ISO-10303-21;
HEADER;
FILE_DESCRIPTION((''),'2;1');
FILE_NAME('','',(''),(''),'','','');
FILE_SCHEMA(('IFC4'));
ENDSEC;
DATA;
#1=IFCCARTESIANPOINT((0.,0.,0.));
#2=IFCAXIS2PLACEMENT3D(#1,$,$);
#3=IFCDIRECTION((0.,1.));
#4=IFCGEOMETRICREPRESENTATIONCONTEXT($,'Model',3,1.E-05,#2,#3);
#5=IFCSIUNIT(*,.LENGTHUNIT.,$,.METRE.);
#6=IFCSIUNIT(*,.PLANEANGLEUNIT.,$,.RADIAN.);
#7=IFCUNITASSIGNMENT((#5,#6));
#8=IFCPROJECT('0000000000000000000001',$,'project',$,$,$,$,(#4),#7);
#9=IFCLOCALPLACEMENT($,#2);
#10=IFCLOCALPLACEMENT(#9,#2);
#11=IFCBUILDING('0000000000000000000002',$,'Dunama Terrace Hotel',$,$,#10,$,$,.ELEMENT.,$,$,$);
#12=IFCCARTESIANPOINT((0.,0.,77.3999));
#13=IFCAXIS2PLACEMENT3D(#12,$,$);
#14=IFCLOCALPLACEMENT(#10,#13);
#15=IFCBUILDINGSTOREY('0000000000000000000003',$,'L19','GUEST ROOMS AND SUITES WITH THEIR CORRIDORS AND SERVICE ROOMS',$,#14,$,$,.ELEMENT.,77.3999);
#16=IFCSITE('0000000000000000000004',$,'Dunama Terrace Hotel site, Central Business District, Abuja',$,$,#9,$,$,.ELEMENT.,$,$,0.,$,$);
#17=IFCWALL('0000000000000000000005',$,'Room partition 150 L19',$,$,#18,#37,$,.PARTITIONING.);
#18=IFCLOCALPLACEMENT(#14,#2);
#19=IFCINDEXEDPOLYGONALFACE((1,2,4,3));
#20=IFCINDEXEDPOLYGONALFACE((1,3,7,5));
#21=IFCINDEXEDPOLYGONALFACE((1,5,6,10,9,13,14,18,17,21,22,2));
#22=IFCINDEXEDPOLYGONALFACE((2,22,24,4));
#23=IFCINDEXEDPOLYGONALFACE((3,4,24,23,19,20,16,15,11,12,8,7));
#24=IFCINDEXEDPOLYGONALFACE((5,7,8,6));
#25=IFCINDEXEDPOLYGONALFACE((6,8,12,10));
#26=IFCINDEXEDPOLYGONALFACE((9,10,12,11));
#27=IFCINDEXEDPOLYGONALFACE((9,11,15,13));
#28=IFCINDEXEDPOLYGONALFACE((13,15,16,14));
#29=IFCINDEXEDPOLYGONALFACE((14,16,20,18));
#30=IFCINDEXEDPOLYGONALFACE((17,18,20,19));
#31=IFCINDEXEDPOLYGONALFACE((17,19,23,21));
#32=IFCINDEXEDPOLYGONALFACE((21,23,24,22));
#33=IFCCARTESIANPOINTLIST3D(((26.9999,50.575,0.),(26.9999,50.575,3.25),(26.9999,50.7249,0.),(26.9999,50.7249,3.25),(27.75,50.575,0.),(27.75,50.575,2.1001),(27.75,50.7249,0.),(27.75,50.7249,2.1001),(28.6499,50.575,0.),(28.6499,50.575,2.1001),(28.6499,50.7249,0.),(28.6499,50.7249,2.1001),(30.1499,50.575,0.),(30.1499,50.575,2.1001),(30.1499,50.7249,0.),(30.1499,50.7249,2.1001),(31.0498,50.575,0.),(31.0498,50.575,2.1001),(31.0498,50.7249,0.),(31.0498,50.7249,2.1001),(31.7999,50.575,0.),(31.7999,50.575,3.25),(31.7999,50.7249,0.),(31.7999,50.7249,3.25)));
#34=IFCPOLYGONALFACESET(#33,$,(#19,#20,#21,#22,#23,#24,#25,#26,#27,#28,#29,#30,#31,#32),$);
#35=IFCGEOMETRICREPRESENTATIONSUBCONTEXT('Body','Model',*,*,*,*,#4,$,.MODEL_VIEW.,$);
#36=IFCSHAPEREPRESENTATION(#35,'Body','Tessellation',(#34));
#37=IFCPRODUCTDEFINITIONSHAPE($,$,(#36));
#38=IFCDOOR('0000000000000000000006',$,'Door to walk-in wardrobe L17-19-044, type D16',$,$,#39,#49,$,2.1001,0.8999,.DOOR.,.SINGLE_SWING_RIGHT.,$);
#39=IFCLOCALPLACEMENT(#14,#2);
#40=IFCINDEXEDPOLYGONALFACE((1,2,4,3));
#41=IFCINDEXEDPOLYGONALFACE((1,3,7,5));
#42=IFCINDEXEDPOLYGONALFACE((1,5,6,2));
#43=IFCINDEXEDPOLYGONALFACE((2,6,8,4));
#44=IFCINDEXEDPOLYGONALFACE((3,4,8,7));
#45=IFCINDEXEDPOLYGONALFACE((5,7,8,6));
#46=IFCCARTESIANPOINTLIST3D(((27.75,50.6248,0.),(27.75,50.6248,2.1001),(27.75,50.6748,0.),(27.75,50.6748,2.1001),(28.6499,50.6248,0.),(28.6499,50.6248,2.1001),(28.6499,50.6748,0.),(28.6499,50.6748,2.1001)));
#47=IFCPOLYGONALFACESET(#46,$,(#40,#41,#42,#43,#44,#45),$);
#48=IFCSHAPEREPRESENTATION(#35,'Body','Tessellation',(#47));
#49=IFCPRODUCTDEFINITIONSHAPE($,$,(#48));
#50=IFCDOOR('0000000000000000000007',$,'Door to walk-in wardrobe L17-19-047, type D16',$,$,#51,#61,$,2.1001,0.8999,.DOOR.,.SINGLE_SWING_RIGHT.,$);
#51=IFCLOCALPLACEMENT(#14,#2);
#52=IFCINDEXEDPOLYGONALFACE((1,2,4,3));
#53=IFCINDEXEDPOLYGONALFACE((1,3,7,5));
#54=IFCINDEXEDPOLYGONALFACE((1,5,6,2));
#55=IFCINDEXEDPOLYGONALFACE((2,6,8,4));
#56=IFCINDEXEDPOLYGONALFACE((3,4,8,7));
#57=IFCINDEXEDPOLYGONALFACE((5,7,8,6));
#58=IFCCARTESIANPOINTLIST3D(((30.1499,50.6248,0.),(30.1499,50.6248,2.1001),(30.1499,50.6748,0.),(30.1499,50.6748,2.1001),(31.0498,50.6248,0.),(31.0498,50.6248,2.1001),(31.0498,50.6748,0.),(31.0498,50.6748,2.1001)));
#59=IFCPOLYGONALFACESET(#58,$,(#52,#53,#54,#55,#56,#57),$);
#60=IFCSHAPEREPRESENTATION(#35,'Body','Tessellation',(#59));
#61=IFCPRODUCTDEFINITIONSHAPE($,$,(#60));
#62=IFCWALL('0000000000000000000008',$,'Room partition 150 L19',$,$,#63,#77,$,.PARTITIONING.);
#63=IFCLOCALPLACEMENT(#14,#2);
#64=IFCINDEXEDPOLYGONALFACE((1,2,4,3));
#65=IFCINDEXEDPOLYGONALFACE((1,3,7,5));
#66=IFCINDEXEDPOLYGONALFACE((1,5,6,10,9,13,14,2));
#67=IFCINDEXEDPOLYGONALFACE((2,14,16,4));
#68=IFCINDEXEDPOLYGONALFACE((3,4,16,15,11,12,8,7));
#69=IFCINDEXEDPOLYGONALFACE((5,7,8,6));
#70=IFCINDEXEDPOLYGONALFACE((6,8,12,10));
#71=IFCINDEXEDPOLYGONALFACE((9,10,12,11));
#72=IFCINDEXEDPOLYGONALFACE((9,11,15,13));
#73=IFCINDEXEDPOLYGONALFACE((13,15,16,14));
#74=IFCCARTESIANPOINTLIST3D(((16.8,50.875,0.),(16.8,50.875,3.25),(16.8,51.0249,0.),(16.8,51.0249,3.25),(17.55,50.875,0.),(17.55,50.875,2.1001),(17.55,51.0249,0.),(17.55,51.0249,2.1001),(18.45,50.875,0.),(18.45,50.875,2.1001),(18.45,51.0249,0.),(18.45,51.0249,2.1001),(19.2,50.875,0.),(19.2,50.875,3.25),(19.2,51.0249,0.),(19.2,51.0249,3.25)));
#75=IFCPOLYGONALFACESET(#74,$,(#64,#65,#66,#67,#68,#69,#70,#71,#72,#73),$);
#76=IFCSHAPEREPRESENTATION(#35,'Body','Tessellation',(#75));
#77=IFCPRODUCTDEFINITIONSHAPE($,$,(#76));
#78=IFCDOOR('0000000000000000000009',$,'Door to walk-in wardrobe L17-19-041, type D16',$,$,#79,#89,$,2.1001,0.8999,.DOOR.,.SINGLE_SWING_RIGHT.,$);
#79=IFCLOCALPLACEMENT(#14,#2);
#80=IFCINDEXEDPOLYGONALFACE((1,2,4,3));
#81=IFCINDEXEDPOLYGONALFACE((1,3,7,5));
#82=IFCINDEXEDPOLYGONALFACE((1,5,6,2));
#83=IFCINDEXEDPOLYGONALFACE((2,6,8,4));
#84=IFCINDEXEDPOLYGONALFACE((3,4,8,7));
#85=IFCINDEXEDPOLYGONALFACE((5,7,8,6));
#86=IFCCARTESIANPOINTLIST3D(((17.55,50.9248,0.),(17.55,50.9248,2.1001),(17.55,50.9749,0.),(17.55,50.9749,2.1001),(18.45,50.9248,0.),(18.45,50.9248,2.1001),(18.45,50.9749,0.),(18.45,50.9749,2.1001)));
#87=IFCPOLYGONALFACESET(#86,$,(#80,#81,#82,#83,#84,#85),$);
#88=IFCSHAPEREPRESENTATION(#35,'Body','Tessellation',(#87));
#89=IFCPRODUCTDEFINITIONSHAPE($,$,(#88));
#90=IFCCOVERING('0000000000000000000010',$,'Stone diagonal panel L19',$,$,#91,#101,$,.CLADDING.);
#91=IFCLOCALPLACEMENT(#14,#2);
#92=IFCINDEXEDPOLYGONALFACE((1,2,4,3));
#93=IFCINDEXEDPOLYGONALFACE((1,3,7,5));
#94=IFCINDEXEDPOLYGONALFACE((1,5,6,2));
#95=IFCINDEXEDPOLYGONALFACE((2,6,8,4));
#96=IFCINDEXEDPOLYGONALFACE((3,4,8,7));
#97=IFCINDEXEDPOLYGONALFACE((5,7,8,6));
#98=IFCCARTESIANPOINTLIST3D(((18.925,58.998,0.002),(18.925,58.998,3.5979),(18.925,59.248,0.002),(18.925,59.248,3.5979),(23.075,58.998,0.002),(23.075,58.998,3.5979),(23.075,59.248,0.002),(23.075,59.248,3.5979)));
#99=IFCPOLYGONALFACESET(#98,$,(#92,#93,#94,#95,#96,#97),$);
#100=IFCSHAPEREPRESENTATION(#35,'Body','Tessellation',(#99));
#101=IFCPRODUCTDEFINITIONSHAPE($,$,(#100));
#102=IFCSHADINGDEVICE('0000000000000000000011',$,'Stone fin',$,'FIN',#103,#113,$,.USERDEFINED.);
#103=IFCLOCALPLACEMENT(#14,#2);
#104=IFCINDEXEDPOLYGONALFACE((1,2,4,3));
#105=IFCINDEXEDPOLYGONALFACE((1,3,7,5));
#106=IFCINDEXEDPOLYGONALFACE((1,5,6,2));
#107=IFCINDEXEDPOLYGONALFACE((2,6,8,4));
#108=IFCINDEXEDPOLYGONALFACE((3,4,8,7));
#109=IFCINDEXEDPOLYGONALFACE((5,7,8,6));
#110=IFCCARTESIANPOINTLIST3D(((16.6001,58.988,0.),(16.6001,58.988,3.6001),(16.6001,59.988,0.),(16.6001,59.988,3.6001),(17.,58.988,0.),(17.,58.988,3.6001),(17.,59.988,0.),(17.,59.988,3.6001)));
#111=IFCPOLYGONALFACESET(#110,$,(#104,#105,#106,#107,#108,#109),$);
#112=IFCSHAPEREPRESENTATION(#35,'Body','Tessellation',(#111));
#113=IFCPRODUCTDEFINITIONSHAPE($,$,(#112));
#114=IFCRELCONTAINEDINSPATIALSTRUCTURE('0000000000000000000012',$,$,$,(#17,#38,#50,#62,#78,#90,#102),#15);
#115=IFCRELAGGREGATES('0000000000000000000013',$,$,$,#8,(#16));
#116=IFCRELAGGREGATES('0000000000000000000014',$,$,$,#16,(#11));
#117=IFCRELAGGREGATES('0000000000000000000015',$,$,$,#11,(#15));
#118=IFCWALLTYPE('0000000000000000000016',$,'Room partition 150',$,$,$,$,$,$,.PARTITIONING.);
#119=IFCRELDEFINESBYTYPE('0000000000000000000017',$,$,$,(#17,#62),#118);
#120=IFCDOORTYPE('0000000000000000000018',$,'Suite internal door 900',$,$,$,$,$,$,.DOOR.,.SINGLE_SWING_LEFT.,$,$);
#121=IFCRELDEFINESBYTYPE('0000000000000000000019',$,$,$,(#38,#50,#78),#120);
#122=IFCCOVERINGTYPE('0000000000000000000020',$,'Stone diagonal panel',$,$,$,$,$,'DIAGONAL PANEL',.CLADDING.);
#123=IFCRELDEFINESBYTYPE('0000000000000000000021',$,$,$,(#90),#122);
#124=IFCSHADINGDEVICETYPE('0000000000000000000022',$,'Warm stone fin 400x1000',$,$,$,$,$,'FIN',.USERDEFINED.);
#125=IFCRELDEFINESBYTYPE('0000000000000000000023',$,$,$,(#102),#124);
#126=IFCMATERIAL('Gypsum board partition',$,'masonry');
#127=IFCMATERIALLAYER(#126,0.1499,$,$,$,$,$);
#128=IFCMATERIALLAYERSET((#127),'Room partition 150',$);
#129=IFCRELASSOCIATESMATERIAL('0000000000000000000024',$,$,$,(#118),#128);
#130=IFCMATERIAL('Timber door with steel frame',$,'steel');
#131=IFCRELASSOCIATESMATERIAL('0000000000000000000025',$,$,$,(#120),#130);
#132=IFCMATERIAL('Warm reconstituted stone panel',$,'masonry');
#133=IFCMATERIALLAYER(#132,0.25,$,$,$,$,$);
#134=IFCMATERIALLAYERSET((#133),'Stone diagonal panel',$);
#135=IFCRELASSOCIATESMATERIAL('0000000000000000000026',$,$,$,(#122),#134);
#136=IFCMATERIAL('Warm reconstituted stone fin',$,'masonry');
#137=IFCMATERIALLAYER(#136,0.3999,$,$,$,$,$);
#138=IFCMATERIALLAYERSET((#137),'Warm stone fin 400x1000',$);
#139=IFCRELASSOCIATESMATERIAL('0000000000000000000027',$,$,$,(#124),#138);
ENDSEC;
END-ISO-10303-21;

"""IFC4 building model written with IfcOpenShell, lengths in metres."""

from ifc_helpers import new_model, si_unit, direction, frame, frame_2d, origin, origin_2d, place, context, subcontext, project, spatial, rectangle, extrude, material, layer, layer_set, type_object, element, fill, save


model = new_model("IFC4")

# Units and contexts
model_context = context("Model", 3, precision=1e-05, world=origin(), true_north=direction((0.0, 1.0)))
body_context = subcontext(model_context, "Body", "Model", "MODEL_VIEW")
ifc_project = project(units=[si_unit("LENGTHUNIT", "METRE"), si_unit("PLANEANGLEUNIT", "RADIAN")], contexts=[model_context])

# Site, building, storey
site_placement = place(None, origin())
site = spatial("IfcSite", under=ifc_project, at=site_placement, Name="Dunama Terrace Hotel site, Central Business District, Abuja", CompositionType="ELEMENT", RefElevation=0.0)
building_placement = place(site_placement, origin())
building = spatial("IfcBuilding", under=site, at=building_placement, Name="Dunama Terrace Hotel", CompositionType="ELEMENT")
storey_placement = place(building_placement, frame((0.0, 0.0, 77.3999)))
storey = spatial("IfcBuildingStorey", under=building, at=storey_placement, Name="L19", Description="GUEST ROOMS AND SUITES WITH THEIR CORRIDORS AND SERVICE ROOMS", CompositionType="ELEMENT", Elevation=77.3999)

# Shared definitions
ifc_material_1 = material(Name="Gypsum board partition", Category="masonry")
ifc_layer_1 = layer(ifc_material_1, 0.1499)
ifc_layer_set_1 = layer_set([ifc_layer_1], Name="Room partition 150")
wall_type_1 = type_object("IfcWallType", Name="Room partition 150", PredefinedType="PARTITIONING", material=ifc_layer_set_1)

# Wall, openings, doors
wall_1_placement = place(storey_placement, frame((27.0, 50.6499, 0.0), z_axis=(0.0, 0.0, 1.0), x_axis=(1.0, 0.0, 0.0)))
wall_1 = element("IfcWall", 1, at=wall_1_placement, inside=storey, type_object=wall_type_1, Name="Room partition 150 L19", PredefinedType="PARTITIONING", context=body_context, shape_type="SweptSolid", body=[
    extrude(rectangle(XDim=4.8, YDim=0.1499, at=frame_2d((2.3999, 0.0))), origin(), (0.0, 0.0, 1.0), 3.25),
])
opening_1_placement = place(wall_1_placement, frame((0.75, 0.0, 0.0)))
opening_1 = element("IfcOpeningElement", 2, at=opening_1_placement, cuts=wall_1, PredefinedType="OPENING", context=body_context, shape_type="SweptSolid", body=[
    extrude(rectangle(XDim=0.8999, YDim=2.1001, at=frame_2d((0.45, 1.05))), frame((0.0, 0.085, 0.0), z_axis=(0.0, -1.0, 0.0), x_axis=(1.0, 0.0, 0.0)), (0.0, 0.0, 1.0), 0.1699),
])
opening_2_placement = place(wall_1_placement, frame((3.1499, 0.0, 0.0)))
opening_2 = element("IfcOpeningElement", 3, at=opening_2_placement, cuts=wall_1, PredefinedType="OPENING", context=body_context, shape_type="SweptSolid", body=[
    extrude(rectangle(XDim=0.8999, YDim=2.1001, at=frame_2d((0.45, 1.05))), frame((0.0, 0.085, 0.0), z_axis=(0.0, -1.0, 0.0), x_axis=(1.0, 0.0, 0.0)), (0.0, 0.0, 1.0), 0.1699),
])
ifc_material_2 = material(Name="Timber door with steel frame", Category="steel")
door_type_1 = type_object("IfcDoorType", Name="Suite internal door 900", OperationType="SINGLE_SWING_LEFT", PredefinedType="DOOR", material=ifc_material_2)
door_1_placement = place(opening_1_placement, frame((0.8999, 0.0, 0.0), z_axis=(0.0, 0.0, 1.0), x_axis=(-1.0, 0.0, 0.0)))
door_1 = element("IfcDoor", 4, at=door_1_placement, inside=storey, type_object=door_type_1, Name="Door to walk-in wardrobe L17-19-044, type D16", OperationType="SINGLE_SWING_RIGHT", OverallHeight=2.1001, OverallWidth=0.8999, PredefinedType="DOOR", context=body_context, shape_type="SweptSolid", body=[
    extrude(rectangle(XDim=0.8999, YDim=2.1001, at=frame_2d((0.45, 1.05))), frame((0.0, 0.0251, 0.0), z_axis=(0.0, -1.0, 0.0), x_axis=(1.0, 0.0, 0.0)), (0.0, 0.0, 1.0), 0.05),
])
fill(opening_1, door_1)
door_2_placement = place(opening_2_placement, frame((0.8999, 0.0, 0.0), z_axis=(0.0, 0.0, 1.0), x_axis=(-1.0, 0.0, 0.0)))
door_2 = element("IfcDoor", 5, at=door_2_placement, inside=storey, type_object=door_type_1, Name="Door to walk-in wardrobe L17-19-047, type D16", OperationType="SINGLE_SWING_RIGHT", OverallHeight=2.1001, OverallWidth=0.8999, PredefinedType="DOOR", context=body_context, shape_type="SweptSolid", body=[
    extrude(rectangle(XDim=0.8999, YDim=2.1001, at=frame_2d((0.45, 1.05))), frame((0.0, 0.0251, 0.0), z_axis=(0.0, -1.0, 0.0), x_axis=(1.0, 0.0, 0.0)), (0.0, 0.0, 1.0), 0.05),
])
fill(opening_2, door_2)

# Wall, opening, door
wall_2_placement = place(storey_placement, frame((16.8, 50.95, 0.0), z_axis=(0.0, 0.0, 1.0), x_axis=(1.0, 0.0, 0.0)))
wall_2 = element("IfcWall", 6, at=wall_2_placement, inside=storey, type_object=wall_type_1, Name="Room partition 150 L19", PredefinedType="PARTITIONING", context=body_context, shape_type="SweptSolid", body=[
    extrude(rectangle(XDim=2.3999, YDim=0.1499, at=frame_2d((1.2, 0.0))), origin(), (0.0, 0.0, 1.0), 3.25),
])
opening_3_placement = place(wall_2_placement, frame((0.75, 0.0, 0.0)))
opening_3 = element("IfcOpeningElement", 7, at=opening_3_placement, cuts=wall_2, PredefinedType="OPENING", context=body_context, shape_type="SweptSolid", body=[
    extrude(rectangle(XDim=0.8999, YDim=2.1001, at=frame_2d((0.45, 1.05))), frame((0.0, 0.085, 0.0), z_axis=(0.0, -1.0, 0.0), x_axis=(1.0, 0.0, 0.0)), (0.0, 0.0, 1.0), 0.1699),
])
door_3_placement = place(opening_3_placement, frame((0.8999, 0.0, 0.0), z_axis=(0.0, 0.0, 1.0), x_axis=(-1.0, 0.0, 0.0)))
door_3 = element("IfcDoor", 8, at=door_3_placement, inside=storey, type_object=door_type_1, Name="Door to walk-in wardrobe L17-19-041, type D16", OperationType="SINGLE_SWING_RIGHT", OverallHeight=2.1001, OverallWidth=0.8999, PredefinedType="DOOR", context=body_context, shape_type="SweptSolid", body=[
    extrude(rectangle(XDim=0.8999, YDim=2.1001, at=frame_2d((0.45, 1.05))), frame((0.0, 0.0251, 0.0), z_axis=(0.0, -1.0, 0.0), x_axis=(1.0, 0.0, 0.0)), (0.0, 0.0, 1.0), 0.05),
])
fill(opening_3, door_3)

# Covering
ifc_material_3 = material(Name="Warm reconstituted stone panel", Category="masonry")
ifc_layer_2 = layer(ifc_material_3, 0.25)
ifc_layer_set_2 = layer_set([ifc_layer_2], Name="Stone diagonal panel")
covering_type = type_object("IfcCoveringType", Name="Stone diagonal panel", ElementType="DIAGONAL PANEL", PredefinedType="CLADDING", material=ifc_layer_set_2)
covering_placement = place(storey_placement, frame((21.0, 59.123, 0.002), z_axis=(0.0, 0.0, 1.0), x_axis=(-1.0, 0.0, 0.0)))
element("IfcCovering", 9, at=covering_placement, inside=storey, type_object=covering_type, Name="Stone diagonal panel L19", PredefinedType="CLADDING", context=body_context, shape_type="SweptSolid", body=[
    extrude(rectangle(XDim=4.1499, YDim=0.25, at=origin_2d()), origin(), (0.0, 0.0, 1.0), 3.5959),
])

# Shading device
ifc_material_4 = material(Name="Warm reconstituted stone fin", Category="masonry")
ifc_layer_3 = layer(ifc_material_4, 0.3999)
ifc_layer_set_3 = layer_set([ifc_layer_3], Name="Warm stone fin 400x1000")
shading_device_type = type_object("IfcShadingDeviceType", Name="Warm stone fin 400x1000", ElementType="FIN", PredefinedType="USERDEFINED", material=ifc_layer_set_3)
shading_device_placement = place(storey_placement, frame((16.8, 59.488, 0.0), z_axis=(0.0, 0.0, 1.0), x_axis=(-1.0, 0.0, 0.0)))
element("IfcShadingDevice", 10, at=shading_device_placement, inside=storey, type_object=shading_device_type, Name="Stone fin", ObjectType="FIN", PredefinedType="USERDEFINED", context=body_context, shape_type="SweptSolid", body=[
    extrude(rectangle(XDim=0.3999, YDim=1.0, at=origin_2d()), origin(), (0.0, 0.0, 1.0), 3.6001),
])

save(model, "model.ifc")
